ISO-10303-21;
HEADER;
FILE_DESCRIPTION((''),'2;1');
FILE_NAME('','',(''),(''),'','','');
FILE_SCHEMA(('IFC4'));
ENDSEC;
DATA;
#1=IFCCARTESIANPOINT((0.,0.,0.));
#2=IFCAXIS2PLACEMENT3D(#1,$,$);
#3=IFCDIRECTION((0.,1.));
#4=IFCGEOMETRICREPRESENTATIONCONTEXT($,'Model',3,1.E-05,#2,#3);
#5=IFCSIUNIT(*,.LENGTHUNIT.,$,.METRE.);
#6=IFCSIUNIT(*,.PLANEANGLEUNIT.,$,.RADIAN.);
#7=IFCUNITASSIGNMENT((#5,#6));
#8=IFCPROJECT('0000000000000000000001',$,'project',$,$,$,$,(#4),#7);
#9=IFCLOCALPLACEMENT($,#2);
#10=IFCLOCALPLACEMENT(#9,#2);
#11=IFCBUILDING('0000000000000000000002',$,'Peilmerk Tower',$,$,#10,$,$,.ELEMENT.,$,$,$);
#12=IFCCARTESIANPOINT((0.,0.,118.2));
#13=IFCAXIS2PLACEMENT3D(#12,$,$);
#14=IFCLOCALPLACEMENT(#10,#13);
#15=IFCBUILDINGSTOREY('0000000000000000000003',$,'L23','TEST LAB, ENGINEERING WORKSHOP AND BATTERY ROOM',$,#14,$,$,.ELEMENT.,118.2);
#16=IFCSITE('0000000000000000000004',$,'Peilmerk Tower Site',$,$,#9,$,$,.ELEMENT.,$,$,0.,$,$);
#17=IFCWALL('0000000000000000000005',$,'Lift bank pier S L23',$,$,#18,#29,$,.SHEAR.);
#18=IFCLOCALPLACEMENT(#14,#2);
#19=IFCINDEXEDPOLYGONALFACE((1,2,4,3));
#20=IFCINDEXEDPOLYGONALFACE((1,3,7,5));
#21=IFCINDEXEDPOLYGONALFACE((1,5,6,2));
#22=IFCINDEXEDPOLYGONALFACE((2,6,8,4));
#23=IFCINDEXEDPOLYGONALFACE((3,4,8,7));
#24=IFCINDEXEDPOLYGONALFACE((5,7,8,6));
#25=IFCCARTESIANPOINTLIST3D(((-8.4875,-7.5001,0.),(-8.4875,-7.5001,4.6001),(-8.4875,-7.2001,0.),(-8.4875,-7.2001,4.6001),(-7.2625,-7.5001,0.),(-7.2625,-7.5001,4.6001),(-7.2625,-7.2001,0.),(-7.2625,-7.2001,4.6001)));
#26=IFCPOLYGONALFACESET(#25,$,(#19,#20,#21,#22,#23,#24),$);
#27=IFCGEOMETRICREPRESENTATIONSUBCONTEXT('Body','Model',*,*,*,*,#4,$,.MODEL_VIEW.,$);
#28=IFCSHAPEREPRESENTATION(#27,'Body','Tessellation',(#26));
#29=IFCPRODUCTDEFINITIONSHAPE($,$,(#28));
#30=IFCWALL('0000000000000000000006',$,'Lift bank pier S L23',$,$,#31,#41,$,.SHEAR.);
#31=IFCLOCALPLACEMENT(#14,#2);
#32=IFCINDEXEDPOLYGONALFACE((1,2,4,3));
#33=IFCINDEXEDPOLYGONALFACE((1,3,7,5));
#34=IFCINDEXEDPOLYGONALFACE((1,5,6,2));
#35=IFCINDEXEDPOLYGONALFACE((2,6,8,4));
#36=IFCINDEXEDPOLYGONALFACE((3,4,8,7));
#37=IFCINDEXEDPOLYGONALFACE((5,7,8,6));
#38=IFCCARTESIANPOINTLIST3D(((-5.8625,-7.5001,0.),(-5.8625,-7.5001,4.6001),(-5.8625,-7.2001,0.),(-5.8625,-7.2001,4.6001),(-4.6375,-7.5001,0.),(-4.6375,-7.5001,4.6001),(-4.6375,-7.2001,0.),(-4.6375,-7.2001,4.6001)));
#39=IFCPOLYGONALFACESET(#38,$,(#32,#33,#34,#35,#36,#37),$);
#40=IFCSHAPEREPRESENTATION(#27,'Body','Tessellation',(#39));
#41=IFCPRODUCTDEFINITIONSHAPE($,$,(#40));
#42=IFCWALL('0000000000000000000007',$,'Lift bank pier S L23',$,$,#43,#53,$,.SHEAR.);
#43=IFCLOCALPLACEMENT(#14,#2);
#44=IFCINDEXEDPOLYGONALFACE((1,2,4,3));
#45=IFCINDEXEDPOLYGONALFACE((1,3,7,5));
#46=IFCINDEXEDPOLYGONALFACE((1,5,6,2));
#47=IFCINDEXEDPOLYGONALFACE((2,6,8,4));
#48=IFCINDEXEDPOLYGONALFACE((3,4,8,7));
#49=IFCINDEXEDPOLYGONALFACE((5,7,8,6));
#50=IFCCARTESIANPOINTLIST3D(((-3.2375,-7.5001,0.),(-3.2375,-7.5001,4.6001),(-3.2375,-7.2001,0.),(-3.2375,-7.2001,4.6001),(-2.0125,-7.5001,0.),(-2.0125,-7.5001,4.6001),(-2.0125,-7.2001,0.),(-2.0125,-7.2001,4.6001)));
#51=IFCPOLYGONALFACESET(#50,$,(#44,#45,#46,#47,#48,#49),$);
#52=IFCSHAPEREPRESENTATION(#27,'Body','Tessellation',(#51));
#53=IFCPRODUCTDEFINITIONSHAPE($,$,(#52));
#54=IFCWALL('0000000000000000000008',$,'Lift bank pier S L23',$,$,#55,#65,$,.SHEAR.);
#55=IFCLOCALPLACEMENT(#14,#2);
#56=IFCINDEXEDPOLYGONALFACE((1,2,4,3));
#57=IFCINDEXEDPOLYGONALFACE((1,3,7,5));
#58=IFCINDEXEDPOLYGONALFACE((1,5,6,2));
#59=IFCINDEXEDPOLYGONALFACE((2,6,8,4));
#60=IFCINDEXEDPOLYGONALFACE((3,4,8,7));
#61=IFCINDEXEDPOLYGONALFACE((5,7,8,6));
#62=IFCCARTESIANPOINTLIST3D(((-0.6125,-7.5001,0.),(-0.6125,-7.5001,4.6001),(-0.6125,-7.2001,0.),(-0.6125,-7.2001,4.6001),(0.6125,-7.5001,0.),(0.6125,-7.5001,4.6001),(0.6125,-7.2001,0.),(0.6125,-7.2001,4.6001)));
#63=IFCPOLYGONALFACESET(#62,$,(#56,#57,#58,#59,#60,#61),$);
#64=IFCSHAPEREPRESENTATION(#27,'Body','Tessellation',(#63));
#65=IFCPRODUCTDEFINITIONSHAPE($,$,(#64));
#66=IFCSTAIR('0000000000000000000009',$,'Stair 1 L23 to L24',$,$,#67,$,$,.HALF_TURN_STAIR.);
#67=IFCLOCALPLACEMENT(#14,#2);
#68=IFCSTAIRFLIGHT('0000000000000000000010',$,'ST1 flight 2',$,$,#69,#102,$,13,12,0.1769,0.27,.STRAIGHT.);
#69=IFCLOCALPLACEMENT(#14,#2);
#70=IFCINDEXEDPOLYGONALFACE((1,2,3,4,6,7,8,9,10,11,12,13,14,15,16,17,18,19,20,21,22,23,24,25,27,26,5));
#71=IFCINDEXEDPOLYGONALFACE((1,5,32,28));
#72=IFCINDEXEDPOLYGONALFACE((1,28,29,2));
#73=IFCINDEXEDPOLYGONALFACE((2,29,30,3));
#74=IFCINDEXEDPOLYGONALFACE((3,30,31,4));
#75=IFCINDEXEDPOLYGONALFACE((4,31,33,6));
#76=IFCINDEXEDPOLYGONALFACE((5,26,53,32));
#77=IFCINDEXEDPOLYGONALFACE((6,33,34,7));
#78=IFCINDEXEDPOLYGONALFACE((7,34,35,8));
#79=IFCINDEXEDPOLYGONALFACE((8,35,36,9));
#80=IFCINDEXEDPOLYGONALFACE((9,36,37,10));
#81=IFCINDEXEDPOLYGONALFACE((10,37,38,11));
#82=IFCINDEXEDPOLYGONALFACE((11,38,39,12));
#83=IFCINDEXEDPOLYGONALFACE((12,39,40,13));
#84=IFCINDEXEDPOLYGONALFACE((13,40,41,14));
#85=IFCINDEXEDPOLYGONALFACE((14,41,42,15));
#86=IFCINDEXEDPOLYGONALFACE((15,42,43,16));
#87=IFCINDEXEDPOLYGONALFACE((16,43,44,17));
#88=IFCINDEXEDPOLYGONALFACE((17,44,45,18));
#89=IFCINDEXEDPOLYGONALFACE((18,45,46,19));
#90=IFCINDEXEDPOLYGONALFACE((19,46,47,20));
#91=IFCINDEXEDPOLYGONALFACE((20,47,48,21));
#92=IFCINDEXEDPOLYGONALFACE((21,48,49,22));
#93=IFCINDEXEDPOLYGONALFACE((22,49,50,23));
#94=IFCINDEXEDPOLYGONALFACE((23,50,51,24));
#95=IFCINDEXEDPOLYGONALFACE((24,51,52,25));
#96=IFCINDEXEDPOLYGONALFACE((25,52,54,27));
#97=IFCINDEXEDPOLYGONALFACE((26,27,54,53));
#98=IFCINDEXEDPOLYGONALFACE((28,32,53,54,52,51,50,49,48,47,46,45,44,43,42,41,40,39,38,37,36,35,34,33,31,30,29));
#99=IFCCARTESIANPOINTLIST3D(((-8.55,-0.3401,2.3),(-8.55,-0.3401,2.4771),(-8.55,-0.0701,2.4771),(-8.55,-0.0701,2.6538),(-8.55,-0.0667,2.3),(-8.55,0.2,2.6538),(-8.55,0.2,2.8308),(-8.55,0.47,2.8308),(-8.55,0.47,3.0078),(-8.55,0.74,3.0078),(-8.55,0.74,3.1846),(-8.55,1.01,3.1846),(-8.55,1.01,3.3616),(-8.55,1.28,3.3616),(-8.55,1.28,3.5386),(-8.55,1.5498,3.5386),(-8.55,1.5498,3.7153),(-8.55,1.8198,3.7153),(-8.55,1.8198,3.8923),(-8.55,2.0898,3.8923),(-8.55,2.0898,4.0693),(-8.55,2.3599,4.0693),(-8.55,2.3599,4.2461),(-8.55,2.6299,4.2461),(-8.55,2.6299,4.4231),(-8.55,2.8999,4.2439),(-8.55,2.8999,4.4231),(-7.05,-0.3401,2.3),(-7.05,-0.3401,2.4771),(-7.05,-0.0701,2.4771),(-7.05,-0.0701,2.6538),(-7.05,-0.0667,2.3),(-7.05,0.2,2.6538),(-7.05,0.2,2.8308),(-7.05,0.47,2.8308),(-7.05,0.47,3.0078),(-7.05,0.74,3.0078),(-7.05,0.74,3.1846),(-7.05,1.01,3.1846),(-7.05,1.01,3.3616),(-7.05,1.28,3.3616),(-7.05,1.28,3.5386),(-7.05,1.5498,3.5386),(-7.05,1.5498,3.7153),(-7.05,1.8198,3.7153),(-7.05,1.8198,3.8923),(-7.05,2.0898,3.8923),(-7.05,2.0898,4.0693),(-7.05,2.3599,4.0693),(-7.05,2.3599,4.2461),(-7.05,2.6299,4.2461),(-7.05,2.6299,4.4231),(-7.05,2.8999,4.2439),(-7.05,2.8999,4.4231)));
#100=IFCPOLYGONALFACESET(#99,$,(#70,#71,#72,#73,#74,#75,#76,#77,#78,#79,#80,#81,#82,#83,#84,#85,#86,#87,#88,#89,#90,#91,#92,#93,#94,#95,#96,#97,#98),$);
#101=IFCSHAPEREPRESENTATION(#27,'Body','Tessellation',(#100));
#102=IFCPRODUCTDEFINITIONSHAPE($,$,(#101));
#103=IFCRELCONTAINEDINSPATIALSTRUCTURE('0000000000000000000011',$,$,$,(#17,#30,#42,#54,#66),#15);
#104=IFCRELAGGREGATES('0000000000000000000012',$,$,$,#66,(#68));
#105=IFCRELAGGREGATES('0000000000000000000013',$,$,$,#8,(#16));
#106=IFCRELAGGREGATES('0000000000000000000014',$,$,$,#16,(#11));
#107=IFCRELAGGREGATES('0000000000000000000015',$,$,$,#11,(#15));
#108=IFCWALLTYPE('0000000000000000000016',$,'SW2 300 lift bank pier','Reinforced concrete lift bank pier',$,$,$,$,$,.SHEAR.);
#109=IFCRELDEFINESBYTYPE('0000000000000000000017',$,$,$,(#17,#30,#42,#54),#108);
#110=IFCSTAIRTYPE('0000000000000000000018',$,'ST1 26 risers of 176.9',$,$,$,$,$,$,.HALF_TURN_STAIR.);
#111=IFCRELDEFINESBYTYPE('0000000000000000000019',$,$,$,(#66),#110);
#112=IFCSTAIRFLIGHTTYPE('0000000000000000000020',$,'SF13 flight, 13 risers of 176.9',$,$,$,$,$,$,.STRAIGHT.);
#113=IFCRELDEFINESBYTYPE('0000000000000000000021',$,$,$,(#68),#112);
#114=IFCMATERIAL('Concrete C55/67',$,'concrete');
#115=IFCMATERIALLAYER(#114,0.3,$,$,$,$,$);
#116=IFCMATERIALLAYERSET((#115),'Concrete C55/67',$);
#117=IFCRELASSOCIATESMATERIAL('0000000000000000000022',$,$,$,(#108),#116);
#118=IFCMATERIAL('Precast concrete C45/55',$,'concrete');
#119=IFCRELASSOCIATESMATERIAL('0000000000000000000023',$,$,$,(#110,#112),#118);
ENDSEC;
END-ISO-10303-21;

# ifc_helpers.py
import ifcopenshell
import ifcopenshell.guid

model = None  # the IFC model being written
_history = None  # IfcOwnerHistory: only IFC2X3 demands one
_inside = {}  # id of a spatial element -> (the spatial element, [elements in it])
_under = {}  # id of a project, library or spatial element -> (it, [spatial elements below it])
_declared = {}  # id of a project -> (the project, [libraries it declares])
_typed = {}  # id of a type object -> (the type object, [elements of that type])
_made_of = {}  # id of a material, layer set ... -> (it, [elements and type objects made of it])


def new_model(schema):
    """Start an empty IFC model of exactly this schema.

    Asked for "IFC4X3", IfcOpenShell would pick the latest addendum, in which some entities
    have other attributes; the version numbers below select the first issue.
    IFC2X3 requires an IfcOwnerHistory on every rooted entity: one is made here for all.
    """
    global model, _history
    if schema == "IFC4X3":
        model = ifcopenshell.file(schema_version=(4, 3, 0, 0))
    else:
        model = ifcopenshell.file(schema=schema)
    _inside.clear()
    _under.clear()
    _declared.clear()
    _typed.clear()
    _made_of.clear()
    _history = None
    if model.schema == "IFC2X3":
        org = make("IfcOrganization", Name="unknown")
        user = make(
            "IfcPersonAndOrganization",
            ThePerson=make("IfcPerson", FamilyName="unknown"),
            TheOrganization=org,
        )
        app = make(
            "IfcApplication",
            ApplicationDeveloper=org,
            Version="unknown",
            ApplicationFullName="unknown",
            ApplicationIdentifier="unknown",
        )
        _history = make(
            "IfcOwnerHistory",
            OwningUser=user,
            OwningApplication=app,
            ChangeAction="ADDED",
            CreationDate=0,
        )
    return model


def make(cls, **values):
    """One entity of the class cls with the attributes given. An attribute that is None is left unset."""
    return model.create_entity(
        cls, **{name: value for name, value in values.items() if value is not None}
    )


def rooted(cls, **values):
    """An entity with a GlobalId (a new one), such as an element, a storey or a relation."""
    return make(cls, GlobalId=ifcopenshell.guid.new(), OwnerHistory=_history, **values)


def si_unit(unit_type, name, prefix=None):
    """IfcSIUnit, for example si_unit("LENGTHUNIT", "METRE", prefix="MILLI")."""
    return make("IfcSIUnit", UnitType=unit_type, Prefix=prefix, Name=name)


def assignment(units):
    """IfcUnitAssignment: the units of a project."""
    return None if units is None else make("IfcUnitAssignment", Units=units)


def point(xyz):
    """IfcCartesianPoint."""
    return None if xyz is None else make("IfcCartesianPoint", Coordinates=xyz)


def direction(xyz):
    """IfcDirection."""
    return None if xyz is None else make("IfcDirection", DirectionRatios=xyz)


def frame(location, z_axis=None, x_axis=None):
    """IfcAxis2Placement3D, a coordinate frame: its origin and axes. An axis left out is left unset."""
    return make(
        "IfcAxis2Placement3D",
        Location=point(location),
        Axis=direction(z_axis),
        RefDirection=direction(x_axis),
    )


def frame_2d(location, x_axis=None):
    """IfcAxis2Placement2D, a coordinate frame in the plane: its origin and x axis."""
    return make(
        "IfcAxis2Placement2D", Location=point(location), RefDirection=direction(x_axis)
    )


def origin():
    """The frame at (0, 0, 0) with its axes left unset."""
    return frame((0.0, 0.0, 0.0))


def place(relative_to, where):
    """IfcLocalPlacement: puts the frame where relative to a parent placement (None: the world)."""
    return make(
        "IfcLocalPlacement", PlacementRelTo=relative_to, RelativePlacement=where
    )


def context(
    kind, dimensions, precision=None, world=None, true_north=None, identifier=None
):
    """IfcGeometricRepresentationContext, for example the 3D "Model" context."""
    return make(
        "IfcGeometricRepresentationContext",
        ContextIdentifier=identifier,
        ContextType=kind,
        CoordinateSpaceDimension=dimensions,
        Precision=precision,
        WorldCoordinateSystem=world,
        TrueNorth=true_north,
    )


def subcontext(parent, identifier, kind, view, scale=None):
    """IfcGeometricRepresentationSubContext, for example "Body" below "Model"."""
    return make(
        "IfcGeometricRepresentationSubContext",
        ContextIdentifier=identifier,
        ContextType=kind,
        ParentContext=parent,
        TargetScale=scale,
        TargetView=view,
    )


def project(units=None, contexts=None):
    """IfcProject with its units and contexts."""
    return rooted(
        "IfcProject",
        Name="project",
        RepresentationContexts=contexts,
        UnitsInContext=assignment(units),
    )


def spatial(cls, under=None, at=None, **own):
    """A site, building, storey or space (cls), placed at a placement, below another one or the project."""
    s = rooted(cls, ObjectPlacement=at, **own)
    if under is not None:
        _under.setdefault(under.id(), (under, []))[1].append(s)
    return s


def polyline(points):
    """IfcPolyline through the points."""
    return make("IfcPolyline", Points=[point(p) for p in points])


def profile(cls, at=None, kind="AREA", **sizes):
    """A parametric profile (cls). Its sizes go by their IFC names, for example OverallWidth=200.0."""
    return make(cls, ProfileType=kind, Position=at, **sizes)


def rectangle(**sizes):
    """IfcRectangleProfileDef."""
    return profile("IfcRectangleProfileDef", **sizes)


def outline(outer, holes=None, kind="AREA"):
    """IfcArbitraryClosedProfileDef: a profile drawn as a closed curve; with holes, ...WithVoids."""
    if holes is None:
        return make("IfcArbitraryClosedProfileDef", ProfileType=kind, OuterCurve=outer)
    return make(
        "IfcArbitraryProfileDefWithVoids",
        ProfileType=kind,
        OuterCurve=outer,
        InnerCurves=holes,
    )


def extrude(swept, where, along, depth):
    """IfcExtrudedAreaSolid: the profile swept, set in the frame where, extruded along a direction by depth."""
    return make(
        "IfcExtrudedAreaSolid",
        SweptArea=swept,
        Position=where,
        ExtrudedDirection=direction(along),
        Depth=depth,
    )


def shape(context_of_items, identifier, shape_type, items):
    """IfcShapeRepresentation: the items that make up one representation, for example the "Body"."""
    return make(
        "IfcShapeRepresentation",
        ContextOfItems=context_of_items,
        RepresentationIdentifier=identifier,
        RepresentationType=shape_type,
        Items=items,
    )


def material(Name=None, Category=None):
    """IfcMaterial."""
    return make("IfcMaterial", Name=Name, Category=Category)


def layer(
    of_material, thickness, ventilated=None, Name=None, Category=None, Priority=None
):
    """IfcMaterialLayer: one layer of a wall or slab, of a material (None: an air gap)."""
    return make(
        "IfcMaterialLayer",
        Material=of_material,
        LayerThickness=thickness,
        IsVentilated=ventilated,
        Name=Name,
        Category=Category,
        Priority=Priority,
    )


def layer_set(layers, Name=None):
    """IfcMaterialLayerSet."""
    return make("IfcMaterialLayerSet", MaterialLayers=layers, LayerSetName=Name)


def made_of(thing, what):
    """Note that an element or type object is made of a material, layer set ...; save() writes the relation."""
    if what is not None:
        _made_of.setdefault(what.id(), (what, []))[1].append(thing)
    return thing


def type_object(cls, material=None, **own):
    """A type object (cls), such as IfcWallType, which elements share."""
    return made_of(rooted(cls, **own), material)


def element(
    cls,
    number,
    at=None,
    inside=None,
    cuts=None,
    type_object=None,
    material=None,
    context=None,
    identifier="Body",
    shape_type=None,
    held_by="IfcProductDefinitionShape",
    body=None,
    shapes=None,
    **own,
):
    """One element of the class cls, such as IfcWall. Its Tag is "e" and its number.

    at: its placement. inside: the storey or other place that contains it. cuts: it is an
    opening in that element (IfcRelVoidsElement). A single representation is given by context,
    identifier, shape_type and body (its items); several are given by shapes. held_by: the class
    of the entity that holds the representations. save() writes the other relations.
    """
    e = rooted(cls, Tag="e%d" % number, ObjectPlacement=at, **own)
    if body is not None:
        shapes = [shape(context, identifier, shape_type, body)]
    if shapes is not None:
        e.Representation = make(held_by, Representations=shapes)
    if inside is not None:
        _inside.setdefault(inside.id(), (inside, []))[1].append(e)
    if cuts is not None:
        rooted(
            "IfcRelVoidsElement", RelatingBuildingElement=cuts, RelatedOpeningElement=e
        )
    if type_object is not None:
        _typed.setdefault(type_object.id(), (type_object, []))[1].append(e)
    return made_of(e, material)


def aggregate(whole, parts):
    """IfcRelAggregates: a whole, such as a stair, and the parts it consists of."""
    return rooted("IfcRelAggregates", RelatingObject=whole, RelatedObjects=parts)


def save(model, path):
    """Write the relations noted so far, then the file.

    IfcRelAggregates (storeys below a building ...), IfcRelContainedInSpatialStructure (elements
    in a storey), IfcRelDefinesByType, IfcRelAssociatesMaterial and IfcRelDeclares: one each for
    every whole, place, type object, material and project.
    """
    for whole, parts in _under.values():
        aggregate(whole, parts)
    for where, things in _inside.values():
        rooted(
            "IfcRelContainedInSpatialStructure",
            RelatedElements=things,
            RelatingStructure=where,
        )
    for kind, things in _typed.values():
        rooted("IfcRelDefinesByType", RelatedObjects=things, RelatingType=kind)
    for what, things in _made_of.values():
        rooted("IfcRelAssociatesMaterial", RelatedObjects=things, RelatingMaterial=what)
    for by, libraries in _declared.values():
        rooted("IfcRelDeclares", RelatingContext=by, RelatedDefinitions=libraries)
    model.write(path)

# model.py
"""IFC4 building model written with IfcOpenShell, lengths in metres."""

from ifc_helpers import new_model, si_unit, direction, frame, frame_2d, origin, place, context, subcontext, project, spatial, polyline, rectangle, outline, extrude, material, layer, layer_set, type_object, element, aggregate, save


model = new_model("IFC4")

# Units and contexts
model_context = context("Model", 3, precision=1e-05, world=origin(), true_north=direction((0.0, 1.0)))
body_context = subcontext(model_context, "Body", "Model", "MODEL_VIEW")
ifc_project = project(units=[si_unit("LENGTHUNIT", "METRE"), si_unit("PLANEANGLEUNIT", "RADIAN")], contexts=[model_context])

# Site, building, storey
site_placement = place(None, origin())
site = spatial("IfcSite", under=ifc_project, at=site_placement, Name="Peilmerk Tower Site", CompositionType="ELEMENT", RefElevation=0.0)
building_placement = place(site_placement, origin())
building = spatial("IfcBuilding", under=site, at=building_placement, Name="Peilmerk Tower", CompositionType="ELEMENT")
storey_placement = place(building_placement, frame((0.0, 0.0, 118.2)))
storey = spatial("IfcBuildingStorey", under=building, at=storey_placement, Name="L23", Description="TEST LAB, ENGINEERING WORKSHOP AND BATTERY ROOM", CompositionType="ELEMENT", Elevation=118.2)

# Walls
ifc_material_1 = material(Name="Concrete C55/67", Category="concrete")
ifc_layer_1 = layer(ifc_material_1, 0.3)
ifc_layer_set_1 = layer_set([ifc_layer_1], Name="Concrete C55/67")
wall_type_1 = type_object("IfcWallType", Name="SW2 300 lift bank pier", Description="Reinforced concrete lift bank pier", PredefinedType="SHEAR", material=ifc_layer_set_1)
for number, where, z_axis, x_axis, name in (
    (1, (-8.4875, -7.3501, 0.0), (0.0, 0.0, 1.0), (1.0, 0.0, 0.0), "Lift bank pier S L23"),
    (2, (-5.8625, -7.3501, 0.0), (0.0, 0.0, 1.0), (1.0, 0.0, 0.0), "Lift bank pier S L23"),
    (3, (-3.2375, -7.3501, 0.0), (0.0, 0.0, 1.0), (1.0, 0.0, 0.0), "Lift bank pier S L23"),
    (4, (-0.6125, -7.3501, 0.0), (0.0, 0.0, 1.0), (1.0, 0.0, 0.0), "Lift bank pier S L23"),
):
    element("IfcWall", number, at=place(storey_placement, frame(where, z_axis=z_axis, x_axis=x_axis)), inside=storey, type_object=wall_type_1, Name=name, PredefinedType="SHEAR", context=body_context, shape_type="SweptSolid", body=[
        extrude(rectangle(XDim=1.2251, YDim=0.3, at=frame_2d((0.6125, 0.0))), origin(), (0.0, 0.0, 1.0), 4.6001),
    ])

# Stair, stair flight
ifc_material_2 = material(Name="Precast concrete C45/55", Category="concrete")
stair_type = type_object("IfcStairType", Name="ST1 26 risers of 176.9", PredefinedType="HALF_TURN_STAIR", material=ifc_material_2)
stair_placement = place(storey_placement, origin())
stair = element("IfcStair", 5, at=stair_placement, inside=storey, type_object=stair_type, Name="Stair 1 L23 to L24", PredefinedType="HALF_TURN_STAIR")
stair_flight_type = type_object("IfcStairFlightType", Name="SF13 flight, 13 risers of 176.9", PredefinedType="STRAIGHT", material=ifc_material_2)
stair_flight_placement = place(storey_placement, frame((-7.8, -0.3401, 2.3), z_axis=(0.0, 0.0, 1.0), x_axis=(0.0, 1.0, 0.0)))
stair_flight = element("IfcStairFlight", 6, at=stair_flight_placement, type_object=stair_flight_type, Name="ST1 flight 2", NumberOfRisers=13, NumberOfTreads=12, PredefinedType="STRAIGHT", RiserHeight=0.1769, TreadLength=0.27, context=body_context, shape_type="SweptSolid", body=[
    extrude(outline(polyline([(0.0, 0.0), (0.0, 0.177), (0.27, 0.177), (0.27, 0.3538), (0.54, 0.3538), (0.54, 0.5308), (0.8101, 0.5308), (0.8101, 0.7078), (1.0801, 0.7078), (1.0801, 0.8845), (1.3501, 0.8845), (1.3501, 1.0615), (1.6201, 1.0615), (1.6201, 1.2385), (1.8899, 1.2385), (1.8899, 1.4153), (2.1599, 1.4153), (2.1599, 1.5923), (2.4299, 1.5923), (2.4299, 1.7693), (2.7, 1.7693), (2.7, 1.946), (2.97, 1.946), (2.97, 2.123), (3.24, 2.123), (3.24, 2.3), (3.24, 1.9438), (0.2734, 0.0), (0.0, 0.0)])), frame((0.0, 0.75, 0.0), z_axis=(0.0, -1.0, 0.0), x_axis=(1.0, 0.0, 0.0)), (0.0, 0.0, 1.0), 1.5),
])
aggregate(stair, [stair_flight])

save(model, "model.ifc")
